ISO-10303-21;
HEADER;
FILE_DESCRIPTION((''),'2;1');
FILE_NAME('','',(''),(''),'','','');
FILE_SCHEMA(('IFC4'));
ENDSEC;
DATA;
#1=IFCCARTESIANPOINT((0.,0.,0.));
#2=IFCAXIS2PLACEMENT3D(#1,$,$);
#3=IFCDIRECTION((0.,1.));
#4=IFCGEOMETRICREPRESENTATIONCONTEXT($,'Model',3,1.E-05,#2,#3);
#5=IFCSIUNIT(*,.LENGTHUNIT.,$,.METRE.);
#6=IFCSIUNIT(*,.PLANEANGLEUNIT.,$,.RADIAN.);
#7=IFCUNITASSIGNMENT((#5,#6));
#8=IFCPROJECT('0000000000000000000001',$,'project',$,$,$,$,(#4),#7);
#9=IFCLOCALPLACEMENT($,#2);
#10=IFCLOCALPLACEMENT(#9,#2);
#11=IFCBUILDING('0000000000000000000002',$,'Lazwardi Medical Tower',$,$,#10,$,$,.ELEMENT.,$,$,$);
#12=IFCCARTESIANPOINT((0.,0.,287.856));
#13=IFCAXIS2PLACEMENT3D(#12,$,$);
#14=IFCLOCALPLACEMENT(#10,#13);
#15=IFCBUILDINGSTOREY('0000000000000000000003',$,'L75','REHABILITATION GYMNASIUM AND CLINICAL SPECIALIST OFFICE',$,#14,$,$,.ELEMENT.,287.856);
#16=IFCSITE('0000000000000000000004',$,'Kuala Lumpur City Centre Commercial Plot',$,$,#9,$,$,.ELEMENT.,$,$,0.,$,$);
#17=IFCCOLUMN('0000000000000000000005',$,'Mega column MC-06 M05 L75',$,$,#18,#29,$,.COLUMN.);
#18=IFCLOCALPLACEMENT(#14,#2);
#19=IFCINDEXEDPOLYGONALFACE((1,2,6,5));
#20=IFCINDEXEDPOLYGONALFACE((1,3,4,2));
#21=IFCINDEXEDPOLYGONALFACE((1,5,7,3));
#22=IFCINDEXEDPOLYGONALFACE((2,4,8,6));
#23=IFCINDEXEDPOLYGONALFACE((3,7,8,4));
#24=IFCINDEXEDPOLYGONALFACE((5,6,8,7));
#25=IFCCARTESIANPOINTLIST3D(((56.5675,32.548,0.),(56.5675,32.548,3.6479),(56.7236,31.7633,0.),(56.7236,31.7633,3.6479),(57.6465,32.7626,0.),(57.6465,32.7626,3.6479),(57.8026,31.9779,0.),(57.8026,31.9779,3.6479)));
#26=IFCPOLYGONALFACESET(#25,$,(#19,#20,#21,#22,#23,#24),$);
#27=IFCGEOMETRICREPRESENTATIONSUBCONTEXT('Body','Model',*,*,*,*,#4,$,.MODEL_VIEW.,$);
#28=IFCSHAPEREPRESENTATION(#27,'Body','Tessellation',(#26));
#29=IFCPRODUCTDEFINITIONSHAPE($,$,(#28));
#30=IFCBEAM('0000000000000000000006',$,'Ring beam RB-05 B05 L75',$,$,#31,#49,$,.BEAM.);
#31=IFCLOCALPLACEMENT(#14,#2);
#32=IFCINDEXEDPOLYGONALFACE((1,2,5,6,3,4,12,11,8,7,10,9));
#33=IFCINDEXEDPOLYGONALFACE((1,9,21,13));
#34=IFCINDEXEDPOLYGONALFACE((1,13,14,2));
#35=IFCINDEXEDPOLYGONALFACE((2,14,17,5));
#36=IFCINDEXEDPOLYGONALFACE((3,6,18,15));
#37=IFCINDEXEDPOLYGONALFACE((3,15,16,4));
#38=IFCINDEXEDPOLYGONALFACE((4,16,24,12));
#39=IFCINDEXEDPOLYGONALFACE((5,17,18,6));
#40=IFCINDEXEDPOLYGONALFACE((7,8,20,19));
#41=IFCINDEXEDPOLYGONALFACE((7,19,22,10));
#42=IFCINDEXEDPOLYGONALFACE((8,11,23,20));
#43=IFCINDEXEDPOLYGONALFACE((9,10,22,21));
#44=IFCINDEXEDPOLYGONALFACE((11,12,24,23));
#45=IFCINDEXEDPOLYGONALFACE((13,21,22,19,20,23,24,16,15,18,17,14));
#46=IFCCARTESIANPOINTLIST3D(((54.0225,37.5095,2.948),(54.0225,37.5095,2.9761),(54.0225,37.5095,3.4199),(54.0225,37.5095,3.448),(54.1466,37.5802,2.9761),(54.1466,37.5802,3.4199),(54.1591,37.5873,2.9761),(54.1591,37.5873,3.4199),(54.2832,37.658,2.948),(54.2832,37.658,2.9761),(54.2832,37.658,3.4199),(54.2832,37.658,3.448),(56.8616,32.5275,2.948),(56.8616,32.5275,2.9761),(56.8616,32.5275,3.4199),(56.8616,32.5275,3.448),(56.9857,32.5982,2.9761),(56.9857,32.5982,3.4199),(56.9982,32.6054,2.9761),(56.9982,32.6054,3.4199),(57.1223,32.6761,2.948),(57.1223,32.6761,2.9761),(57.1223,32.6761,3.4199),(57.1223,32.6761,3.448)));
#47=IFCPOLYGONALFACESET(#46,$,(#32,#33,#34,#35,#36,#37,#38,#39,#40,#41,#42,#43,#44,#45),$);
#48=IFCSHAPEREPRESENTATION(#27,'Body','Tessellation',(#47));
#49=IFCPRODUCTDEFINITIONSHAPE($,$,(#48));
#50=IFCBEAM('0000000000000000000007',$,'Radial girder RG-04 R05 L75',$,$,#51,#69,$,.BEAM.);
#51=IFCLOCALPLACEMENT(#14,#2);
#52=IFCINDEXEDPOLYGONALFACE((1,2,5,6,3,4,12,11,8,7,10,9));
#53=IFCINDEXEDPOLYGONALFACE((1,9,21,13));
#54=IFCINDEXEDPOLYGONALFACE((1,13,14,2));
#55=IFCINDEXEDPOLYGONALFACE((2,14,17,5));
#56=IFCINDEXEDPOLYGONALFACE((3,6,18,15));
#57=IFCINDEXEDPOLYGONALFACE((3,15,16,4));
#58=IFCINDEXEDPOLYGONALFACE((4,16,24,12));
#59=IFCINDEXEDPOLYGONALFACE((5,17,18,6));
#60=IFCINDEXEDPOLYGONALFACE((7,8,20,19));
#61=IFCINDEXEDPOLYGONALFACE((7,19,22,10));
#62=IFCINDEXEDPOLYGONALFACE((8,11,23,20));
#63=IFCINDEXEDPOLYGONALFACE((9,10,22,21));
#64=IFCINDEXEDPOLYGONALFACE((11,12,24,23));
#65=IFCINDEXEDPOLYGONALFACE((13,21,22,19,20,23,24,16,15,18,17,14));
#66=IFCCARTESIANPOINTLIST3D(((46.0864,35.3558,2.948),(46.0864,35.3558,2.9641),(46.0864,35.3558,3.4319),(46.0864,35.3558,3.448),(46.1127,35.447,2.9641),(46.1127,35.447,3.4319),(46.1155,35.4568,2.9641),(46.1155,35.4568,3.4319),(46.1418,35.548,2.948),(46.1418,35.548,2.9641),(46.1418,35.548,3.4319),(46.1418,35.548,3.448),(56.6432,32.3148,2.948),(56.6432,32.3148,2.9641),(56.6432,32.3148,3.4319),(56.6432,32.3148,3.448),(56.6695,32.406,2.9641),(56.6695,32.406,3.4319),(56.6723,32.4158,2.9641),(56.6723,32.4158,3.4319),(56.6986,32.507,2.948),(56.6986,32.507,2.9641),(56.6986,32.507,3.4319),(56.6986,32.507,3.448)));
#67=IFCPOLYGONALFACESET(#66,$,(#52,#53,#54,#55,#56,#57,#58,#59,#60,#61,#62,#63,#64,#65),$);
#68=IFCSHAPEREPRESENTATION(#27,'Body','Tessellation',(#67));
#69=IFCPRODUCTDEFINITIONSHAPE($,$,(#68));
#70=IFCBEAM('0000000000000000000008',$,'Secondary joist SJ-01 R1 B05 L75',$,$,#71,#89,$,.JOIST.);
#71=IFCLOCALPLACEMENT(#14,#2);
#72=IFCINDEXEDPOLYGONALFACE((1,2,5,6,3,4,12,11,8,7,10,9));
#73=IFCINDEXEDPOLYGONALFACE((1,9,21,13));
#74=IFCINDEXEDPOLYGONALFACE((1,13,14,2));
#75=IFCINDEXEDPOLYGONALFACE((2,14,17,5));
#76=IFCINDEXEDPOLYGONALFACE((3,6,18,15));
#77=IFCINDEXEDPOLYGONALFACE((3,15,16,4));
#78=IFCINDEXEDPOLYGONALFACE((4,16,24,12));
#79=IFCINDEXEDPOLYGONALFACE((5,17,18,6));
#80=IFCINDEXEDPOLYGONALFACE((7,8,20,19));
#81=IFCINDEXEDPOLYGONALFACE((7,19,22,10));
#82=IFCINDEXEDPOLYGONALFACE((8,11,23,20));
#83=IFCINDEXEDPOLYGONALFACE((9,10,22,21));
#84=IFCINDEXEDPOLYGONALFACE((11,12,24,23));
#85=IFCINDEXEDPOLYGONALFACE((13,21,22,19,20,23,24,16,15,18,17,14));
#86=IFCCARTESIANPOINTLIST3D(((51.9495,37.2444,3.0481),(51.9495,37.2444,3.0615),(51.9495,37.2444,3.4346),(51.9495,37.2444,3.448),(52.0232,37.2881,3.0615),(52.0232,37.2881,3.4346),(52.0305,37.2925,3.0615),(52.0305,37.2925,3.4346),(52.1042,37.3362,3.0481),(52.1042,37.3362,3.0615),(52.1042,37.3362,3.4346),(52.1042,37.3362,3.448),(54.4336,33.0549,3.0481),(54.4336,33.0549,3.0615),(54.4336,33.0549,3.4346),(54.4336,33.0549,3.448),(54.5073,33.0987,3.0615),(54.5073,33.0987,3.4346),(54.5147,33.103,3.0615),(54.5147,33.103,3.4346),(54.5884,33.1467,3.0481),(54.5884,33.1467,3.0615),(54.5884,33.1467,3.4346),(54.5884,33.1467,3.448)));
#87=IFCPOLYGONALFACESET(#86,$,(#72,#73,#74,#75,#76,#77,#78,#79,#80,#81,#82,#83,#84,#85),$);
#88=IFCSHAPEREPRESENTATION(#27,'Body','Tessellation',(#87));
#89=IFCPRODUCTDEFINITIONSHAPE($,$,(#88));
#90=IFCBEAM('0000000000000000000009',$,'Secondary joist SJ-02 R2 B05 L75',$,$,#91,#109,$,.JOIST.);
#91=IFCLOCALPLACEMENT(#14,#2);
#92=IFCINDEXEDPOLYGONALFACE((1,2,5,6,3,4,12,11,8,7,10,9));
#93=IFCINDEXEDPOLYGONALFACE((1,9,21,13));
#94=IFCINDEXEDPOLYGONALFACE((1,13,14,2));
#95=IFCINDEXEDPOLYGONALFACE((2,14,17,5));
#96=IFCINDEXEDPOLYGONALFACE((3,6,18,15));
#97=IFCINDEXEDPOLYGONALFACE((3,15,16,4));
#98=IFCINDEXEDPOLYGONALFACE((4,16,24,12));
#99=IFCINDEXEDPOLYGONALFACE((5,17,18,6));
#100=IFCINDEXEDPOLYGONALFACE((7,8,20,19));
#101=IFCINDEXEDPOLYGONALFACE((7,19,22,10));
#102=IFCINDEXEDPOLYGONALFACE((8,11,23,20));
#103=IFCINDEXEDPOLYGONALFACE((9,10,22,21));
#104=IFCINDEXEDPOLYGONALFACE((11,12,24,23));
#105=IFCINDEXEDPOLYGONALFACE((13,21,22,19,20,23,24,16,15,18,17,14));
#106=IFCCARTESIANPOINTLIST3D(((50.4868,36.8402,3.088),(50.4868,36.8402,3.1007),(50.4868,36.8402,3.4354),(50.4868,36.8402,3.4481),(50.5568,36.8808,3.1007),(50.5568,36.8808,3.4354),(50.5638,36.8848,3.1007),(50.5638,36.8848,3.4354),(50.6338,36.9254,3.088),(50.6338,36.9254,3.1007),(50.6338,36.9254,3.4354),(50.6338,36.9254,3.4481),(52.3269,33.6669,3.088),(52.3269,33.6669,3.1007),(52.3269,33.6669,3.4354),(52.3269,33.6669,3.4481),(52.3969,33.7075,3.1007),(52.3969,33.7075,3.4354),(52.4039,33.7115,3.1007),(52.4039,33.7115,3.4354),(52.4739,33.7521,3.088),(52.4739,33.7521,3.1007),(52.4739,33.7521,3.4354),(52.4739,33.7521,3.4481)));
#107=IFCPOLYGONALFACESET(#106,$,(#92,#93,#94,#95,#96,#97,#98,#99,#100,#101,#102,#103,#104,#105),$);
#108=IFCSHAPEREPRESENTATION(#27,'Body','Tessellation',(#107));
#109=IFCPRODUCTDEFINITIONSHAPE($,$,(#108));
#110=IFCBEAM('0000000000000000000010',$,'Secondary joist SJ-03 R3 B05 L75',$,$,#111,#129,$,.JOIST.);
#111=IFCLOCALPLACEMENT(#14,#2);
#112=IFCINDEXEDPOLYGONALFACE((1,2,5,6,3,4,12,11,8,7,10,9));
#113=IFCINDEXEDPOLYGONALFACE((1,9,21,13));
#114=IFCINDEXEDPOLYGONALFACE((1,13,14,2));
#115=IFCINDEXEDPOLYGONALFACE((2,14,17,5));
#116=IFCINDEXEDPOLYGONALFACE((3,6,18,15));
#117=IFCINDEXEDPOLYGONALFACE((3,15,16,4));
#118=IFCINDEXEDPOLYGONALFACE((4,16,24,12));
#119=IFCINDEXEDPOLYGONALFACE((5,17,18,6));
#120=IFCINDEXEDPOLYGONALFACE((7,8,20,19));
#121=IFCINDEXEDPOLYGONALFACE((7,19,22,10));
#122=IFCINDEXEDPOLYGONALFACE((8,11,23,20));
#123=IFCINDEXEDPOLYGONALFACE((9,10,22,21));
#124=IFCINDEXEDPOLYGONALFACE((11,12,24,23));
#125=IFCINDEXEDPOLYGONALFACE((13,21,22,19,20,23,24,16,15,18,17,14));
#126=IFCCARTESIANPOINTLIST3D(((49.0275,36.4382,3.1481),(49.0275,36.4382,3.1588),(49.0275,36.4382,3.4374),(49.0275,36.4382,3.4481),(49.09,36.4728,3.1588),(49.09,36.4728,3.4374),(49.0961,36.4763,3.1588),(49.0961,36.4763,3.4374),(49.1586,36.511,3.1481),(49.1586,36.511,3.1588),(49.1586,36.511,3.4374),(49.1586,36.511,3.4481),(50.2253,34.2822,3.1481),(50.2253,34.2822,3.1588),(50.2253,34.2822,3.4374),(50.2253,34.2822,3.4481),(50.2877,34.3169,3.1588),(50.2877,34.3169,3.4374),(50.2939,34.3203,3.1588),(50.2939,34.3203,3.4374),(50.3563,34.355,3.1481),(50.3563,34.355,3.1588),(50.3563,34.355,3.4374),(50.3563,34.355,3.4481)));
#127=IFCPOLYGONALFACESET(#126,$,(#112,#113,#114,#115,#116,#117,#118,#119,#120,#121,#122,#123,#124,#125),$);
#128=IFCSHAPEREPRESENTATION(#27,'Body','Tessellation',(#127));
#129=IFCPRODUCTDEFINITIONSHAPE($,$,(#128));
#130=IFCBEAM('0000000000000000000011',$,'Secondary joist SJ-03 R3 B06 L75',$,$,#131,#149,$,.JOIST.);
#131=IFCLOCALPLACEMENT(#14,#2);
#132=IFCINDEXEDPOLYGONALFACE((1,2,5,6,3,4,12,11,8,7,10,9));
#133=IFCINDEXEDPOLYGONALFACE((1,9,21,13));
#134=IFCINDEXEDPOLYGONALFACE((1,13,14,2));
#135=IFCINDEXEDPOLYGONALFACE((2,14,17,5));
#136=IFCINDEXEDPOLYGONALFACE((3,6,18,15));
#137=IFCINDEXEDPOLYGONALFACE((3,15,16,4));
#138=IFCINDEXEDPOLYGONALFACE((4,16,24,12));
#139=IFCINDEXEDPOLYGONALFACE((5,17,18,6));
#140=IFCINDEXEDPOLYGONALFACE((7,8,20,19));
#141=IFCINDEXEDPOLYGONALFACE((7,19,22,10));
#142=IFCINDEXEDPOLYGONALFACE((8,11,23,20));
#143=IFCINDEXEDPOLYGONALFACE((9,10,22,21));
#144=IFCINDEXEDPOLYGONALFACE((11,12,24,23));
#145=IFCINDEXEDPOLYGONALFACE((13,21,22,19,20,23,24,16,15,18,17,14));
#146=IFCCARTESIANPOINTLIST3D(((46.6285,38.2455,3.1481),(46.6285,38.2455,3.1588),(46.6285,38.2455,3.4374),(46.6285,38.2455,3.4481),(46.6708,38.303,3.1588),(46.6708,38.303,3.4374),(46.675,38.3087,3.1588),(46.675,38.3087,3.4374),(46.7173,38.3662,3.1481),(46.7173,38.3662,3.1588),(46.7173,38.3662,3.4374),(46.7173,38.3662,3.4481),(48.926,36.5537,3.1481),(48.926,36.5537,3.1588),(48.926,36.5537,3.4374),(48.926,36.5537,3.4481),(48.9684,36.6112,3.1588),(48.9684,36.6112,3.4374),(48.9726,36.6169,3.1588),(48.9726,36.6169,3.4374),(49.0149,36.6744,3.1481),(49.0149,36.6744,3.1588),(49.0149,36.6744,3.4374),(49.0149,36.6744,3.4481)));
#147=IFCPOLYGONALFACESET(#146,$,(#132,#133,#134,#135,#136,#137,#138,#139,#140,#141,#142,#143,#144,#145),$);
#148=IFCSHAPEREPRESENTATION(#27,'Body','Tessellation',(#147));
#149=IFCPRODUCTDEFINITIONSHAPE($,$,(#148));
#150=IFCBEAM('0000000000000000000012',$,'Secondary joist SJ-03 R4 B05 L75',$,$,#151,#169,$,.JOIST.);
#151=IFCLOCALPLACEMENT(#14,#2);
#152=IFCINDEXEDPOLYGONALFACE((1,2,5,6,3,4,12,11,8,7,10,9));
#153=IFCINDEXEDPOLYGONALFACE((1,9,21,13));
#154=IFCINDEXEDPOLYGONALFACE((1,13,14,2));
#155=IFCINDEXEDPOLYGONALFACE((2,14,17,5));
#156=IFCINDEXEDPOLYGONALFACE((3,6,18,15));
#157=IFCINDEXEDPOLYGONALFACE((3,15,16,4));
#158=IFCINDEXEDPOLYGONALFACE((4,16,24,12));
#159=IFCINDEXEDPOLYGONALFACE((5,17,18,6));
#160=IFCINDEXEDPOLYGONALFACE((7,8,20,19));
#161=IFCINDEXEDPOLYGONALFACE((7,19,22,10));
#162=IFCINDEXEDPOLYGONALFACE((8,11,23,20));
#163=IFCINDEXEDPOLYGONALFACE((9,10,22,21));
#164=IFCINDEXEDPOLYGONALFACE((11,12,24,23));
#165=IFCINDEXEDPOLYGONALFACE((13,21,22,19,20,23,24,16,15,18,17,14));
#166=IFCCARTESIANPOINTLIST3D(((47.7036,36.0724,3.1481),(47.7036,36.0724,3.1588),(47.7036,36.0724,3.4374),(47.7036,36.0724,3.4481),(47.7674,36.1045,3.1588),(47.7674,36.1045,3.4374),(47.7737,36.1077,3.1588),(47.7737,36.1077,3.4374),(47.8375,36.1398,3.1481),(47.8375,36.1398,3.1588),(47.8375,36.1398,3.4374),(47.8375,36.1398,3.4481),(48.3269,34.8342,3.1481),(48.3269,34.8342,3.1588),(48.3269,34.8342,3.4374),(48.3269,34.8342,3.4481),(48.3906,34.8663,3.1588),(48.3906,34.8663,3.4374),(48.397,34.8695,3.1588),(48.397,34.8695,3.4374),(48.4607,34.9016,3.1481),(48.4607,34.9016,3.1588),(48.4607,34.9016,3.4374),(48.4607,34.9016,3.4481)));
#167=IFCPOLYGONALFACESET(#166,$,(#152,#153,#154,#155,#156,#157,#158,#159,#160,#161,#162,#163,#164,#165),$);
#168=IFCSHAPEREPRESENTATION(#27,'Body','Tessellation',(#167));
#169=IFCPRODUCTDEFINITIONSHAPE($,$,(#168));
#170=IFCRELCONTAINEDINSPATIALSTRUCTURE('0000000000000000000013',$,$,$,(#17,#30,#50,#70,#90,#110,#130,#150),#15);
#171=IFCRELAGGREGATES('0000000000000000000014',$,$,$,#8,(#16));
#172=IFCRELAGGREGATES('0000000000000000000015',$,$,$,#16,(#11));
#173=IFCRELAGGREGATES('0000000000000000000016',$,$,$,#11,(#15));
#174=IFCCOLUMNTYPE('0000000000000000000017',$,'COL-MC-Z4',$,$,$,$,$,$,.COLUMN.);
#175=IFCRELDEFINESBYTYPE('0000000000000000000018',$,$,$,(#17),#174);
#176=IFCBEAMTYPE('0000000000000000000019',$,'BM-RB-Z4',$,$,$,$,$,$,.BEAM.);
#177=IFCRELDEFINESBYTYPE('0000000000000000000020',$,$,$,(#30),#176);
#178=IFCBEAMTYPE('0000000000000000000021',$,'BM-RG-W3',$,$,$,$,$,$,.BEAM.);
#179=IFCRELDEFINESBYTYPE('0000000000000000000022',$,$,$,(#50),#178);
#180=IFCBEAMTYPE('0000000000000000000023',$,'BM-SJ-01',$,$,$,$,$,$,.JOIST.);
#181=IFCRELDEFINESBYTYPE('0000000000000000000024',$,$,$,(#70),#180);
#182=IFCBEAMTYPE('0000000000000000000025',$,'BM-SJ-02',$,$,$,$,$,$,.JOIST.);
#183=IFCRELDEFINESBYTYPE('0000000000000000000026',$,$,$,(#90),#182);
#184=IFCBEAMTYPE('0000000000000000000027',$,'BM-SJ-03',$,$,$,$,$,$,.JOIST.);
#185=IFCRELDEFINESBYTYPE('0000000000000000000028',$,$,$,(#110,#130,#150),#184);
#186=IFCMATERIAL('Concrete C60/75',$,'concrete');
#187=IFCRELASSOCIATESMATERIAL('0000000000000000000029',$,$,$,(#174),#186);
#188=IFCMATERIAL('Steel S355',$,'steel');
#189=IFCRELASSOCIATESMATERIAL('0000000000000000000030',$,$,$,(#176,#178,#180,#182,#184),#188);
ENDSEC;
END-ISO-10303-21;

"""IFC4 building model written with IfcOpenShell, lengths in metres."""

from ifc_helpers import new_model, si_unit, direction, frame, origin, origin_2d, place, context, subcontext, project, spatial, rectangle, i_section, extrude, material, material_profile, profile_set, type_object, element, save


model = new_model("IFC4")

# Units and contexts
model_context = context("Model", 3, precision=1e-05, world=origin(), true_north=direction((0.0, 1.0)))
body_context = subcontext(model_context, "Body", "Model", "MODEL_VIEW")
ifc_project = project(units=[si_unit("LENGTHUNIT", "METRE"), si_unit("PLANEANGLEUNIT", "RADIAN")], contexts=[model_context])

# Site, building, storey
site_placement = place(None, origin())
site = spatial("IfcSite", under=ifc_project, at=site_placement, Name="Kuala Lumpur City Centre Commercial Plot", CompositionType="ELEMENT", RefElevation=0.0)
building_placement = place(site_placement, origin())
building = spatial("IfcBuilding", under=site, at=building_placement, Name="Lazwardi Medical Tower", CompositionType="ELEMENT")
storey_placement = place(building_placement, frame((0.0, 0.0, 287.856)))
storey = spatial("IfcBuildingStorey", under=building, at=storey_placement, Name="L75", Description="REHABILITATION GYMNASIUM AND CLINICAL SPECIALIST OFFICE", CompositionType="ELEMENT", Elevation=287.856)

# Column
ifc_material_1 = material(Name="Concrete C60/75", Category="concrete")
ifc_material_profile_1 = material_profile(ifc_material_1, rectangle(XDim=1.1001, YDim=0.8, at=origin_2d()), Name="CFT-RECT 1100x800")
ifc_profile_set_1 = profile_set([ifc_material_profile_1], Name="Concrete C60/75")
column_type = type_object("IfcColumnType", Name="COL-MC-Z4", PredefinedType="COLUMN", material=ifc_profile_set_1)
column_placement = place(storey_placement, frame((57.1851, 32.2629, 0.0), z_axis=(0.0, 0.0, 1.0), x_axis=(0.980785, 0.19509, 0.0)))
element("IfcColumn", 1, at=column_placement, inside=storey, type_object=column_type, Name="Mega column MC-06 M05 L75", PredefinedType="COLUMN", context=body_context, shape_type="SweptSolid", body=[
    extrude(rectangle(XDim=1.1001, YDim=0.8, at=origin_2d()), origin(), (0.0, 0.0, 1.0), 3.6479),
])

# Beams
ifc_material_2 = material(Name="Steel S355", Category="steel")
ifc_material_profile_2 = material_profile(ifc_material_2, i_section(OverallWidth=0.3, OverallDepth=0.5, WebThickness=0.0144, FlangeThickness=0.0281, at=origin_2d()), Name="HEB 500")
ifc_profile_set_2 = profile_set([ifc_material_profile_2], Name="Steel S355")
beam_type_1 = type_object("IfcBeamType", Name="BM-RB-Z4", PredefinedType="BEAM", material=ifc_profile_set_2)
beam_1_placement = place(storey_placement, frame((56.9919, 32.6018, 3.198), z_axis=(-0.495125, 0.868822, 0.0), x_axis=(-0.868822, -0.495125, 0.0)))
element("IfcBeam", 2, at=beam_1_placement, inside=storey, type_object=beam_type_1, Name="Ring beam RB-05 B05 L75", PredefinedType="BEAM", context=body_context, shape_type="SweptSolid", body=[
    extrude(i_section(OverallWidth=0.3, OverallDepth=0.5, WebThickness=0.0144, FlangeThickness=0.0281, at=origin_2d()), origin(), (0.0, 0.0, 1.0), 5.7341),
])
ifc_material_profile_3 = material_profile(ifc_material_2, i_section(OverallWidth=0.2, OverallDepth=0.5, WebThickness=0.0103, FlangeThickness=0.0161, at=origin_2d()), Name="IPE 500")
ifc_profile_set_3 = profile_set([ifc_material_profile_3], Name="Steel S355")
beam_type_2 = type_object("IfcBeamType", Name="BM-RG-W3", PredefinedType="BEAM", material=ifc_profile_set_3)
beam_2_placement = place(storey_placement, frame((56.6709, 32.4109, 3.198), z_axis=(-0.960926, 0.276804, 0.0), x_axis=(-0.276804, -0.960926, 0.0)))
element("IfcBeam", 3, at=beam_2_placement, inside=storey, type_object=beam_type_2, Name="Radial girder RG-04 R05 L75", PredefinedType="BEAM", context=body_context, shape_type="SweptSolid", body=[
    extrude(i_section(OverallWidth=0.2, OverallDepth=0.5, WebThickness=0.0103, FlangeThickness=0.0161, at=origin_2d()), origin(), (0.0, 0.0, 1.0), 10.9861),
])
ifc_material_profile_4 = material_profile(ifc_material_2, i_section(OverallWidth=0.1799, OverallDepth=0.3999, WebThickness=0.0085, FlangeThickness=0.0134, at=origin_2d()), Name="IPE 400")
ifc_profile_set_4 = profile_set([ifc_material_profile_4], Name="Steel S355")
beam_type_3 = type_object("IfcBeamType", Name="BM-SJ-01", PredefinedType="JOIST", material=ifc_profile_set_4)
beam_3_placement = place(storey_placement, frame((54.511, 33.1008, 3.248), z_axis=(-0.510029, 0.860157, 0.0), x_axis=(-0.860157, -0.510029, 0.0)))
element("IfcBeam", 4, at=beam_3_placement, inside=storey, type_object=beam_type_3, Name="Secondary joist SJ-01 R1 B05 L75", PredefinedType="JOIST", context=body_context, shape_type="SweptSolid", body=[
    extrude(i_section(OverallWidth=0.1799, OverallDepth=0.3999, WebThickness=0.0085, FlangeThickness=0.0134, at=origin_2d()), origin(), (0.0, 0.0, 1.0), 4.8706),
])
ifc_material_profile_5 = material_profile(ifc_material_2, i_section(OverallWidth=0.1699, OverallDepth=0.3601, WebThickness=0.0081, FlangeThickness=0.0127, at=origin_2d()), Name="IPE 360")
ifc_profile_set_5 = profile_set([ifc_material_profile_5], Name="Steel S355")
beam_type_4 = type_object("IfcBeamType", Name="BM-SJ-02", PredefinedType="JOIST", material=ifc_profile_set_5)
beam_4_placement = place(storey_placement, frame((52.4004, 33.7095, 3.2681), z_axis=(-0.501626, 0.865084, 0.0), x_axis=(-0.865084, -0.501626, 0.0)))
element("IfcBeam", 5, at=beam_4_placement, inside=storey, type_object=beam_type_4, Name="Secondary joist SJ-02 R2 B05 L75", PredefinedType="JOIST", context=body_context, shape_type="SweptSolid", body=[
    extrude(i_section(OverallWidth=0.1699, OverallDepth=0.3601, WebThickness=0.0081, FlangeThickness=0.0127, at=origin_2d()), origin(), (0.0, 0.0, 1.0), 3.6682),
])
ifc_material_profile_6 = material_profile(ifc_material_2, i_section(OverallWidth=0.1499, OverallDepth=0.3, WebThickness=0.0071, FlangeThickness=0.0107, at=origin_2d()), Name="IPE 300")
ifc_profile_set_6 = profile_set([ifc_material_profile_6], Name="Steel S355")
beam_type_5 = type_object("IfcBeamType", Name="BM-SJ-03", PredefinedType="JOIST", material=ifc_profile_set_6)
beam_5_placement = place(storey_placement, frame((50.2908, 34.3186, 3.2981), z_axis=(-0.485635, 0.874162, 0.0), x_axis=(-0.874162, -0.485635, 0.0)))
element("IfcBeam", 6, at=beam_5_placement, inside=storey, type_object=beam_type_5, Name="Secondary joist SJ-03 R3 B05 L75", PredefinedType="JOIST", context=body_context, shape_type="SweptSolid", body=[
    extrude(i_section(OverallWidth=0.1499, OverallDepth=0.3, WebThickness=0.0071, FlangeThickness=0.0107, at=origin_2d()), origin(), (0.0, 0.0, 1.0), 2.4663),
])
beam_6_placement = place(storey_placement, frame((48.9705, 36.614, 3.2981), z_axis=(-0.805236, 0.592954, 0.0), x_axis=(-0.592954, -0.805236, 0.0)))
element("IfcBeam", 7, at=beam_6_placement, inside=storey, type_object=beam_type_5, Name="Secondary joist SJ-03 R3 B06 L75", PredefinedType="JOIST", context=body_context, shape_type="SweptSolid", body=[
    extrude(i_section(OverallWidth=0.1499, OverallDepth=0.3, WebThickness=0.0071, FlangeThickness=0.0107, at=origin_2d()), origin(), (0.0, 0.0, 1.0), 2.8533),
])
beam_7_placement = place(storey_placement, frame((48.3938, 34.8679, 3.2981), z_axis=(-0.449607, 0.893226, 0.0), x_axis=(-0.893226, -0.449607, 0.0)))
element("IfcBeam", 8, at=beam_7_placement, inside=storey, type_object=beam_type_5, Name="Secondary joist SJ-03 R4 B05 L75", PredefinedType="JOIST", context=body_context, shape_type="SweptSolid", body=[
    extrude(i_section(OverallWidth=0.1499, OverallDepth=0.3, WebThickness=0.0071, FlangeThickness=0.0107, at=origin_2d()), origin(), (0.0, 0.0, 1.0), 1.3862),
])

save(model, "model.ifc")
